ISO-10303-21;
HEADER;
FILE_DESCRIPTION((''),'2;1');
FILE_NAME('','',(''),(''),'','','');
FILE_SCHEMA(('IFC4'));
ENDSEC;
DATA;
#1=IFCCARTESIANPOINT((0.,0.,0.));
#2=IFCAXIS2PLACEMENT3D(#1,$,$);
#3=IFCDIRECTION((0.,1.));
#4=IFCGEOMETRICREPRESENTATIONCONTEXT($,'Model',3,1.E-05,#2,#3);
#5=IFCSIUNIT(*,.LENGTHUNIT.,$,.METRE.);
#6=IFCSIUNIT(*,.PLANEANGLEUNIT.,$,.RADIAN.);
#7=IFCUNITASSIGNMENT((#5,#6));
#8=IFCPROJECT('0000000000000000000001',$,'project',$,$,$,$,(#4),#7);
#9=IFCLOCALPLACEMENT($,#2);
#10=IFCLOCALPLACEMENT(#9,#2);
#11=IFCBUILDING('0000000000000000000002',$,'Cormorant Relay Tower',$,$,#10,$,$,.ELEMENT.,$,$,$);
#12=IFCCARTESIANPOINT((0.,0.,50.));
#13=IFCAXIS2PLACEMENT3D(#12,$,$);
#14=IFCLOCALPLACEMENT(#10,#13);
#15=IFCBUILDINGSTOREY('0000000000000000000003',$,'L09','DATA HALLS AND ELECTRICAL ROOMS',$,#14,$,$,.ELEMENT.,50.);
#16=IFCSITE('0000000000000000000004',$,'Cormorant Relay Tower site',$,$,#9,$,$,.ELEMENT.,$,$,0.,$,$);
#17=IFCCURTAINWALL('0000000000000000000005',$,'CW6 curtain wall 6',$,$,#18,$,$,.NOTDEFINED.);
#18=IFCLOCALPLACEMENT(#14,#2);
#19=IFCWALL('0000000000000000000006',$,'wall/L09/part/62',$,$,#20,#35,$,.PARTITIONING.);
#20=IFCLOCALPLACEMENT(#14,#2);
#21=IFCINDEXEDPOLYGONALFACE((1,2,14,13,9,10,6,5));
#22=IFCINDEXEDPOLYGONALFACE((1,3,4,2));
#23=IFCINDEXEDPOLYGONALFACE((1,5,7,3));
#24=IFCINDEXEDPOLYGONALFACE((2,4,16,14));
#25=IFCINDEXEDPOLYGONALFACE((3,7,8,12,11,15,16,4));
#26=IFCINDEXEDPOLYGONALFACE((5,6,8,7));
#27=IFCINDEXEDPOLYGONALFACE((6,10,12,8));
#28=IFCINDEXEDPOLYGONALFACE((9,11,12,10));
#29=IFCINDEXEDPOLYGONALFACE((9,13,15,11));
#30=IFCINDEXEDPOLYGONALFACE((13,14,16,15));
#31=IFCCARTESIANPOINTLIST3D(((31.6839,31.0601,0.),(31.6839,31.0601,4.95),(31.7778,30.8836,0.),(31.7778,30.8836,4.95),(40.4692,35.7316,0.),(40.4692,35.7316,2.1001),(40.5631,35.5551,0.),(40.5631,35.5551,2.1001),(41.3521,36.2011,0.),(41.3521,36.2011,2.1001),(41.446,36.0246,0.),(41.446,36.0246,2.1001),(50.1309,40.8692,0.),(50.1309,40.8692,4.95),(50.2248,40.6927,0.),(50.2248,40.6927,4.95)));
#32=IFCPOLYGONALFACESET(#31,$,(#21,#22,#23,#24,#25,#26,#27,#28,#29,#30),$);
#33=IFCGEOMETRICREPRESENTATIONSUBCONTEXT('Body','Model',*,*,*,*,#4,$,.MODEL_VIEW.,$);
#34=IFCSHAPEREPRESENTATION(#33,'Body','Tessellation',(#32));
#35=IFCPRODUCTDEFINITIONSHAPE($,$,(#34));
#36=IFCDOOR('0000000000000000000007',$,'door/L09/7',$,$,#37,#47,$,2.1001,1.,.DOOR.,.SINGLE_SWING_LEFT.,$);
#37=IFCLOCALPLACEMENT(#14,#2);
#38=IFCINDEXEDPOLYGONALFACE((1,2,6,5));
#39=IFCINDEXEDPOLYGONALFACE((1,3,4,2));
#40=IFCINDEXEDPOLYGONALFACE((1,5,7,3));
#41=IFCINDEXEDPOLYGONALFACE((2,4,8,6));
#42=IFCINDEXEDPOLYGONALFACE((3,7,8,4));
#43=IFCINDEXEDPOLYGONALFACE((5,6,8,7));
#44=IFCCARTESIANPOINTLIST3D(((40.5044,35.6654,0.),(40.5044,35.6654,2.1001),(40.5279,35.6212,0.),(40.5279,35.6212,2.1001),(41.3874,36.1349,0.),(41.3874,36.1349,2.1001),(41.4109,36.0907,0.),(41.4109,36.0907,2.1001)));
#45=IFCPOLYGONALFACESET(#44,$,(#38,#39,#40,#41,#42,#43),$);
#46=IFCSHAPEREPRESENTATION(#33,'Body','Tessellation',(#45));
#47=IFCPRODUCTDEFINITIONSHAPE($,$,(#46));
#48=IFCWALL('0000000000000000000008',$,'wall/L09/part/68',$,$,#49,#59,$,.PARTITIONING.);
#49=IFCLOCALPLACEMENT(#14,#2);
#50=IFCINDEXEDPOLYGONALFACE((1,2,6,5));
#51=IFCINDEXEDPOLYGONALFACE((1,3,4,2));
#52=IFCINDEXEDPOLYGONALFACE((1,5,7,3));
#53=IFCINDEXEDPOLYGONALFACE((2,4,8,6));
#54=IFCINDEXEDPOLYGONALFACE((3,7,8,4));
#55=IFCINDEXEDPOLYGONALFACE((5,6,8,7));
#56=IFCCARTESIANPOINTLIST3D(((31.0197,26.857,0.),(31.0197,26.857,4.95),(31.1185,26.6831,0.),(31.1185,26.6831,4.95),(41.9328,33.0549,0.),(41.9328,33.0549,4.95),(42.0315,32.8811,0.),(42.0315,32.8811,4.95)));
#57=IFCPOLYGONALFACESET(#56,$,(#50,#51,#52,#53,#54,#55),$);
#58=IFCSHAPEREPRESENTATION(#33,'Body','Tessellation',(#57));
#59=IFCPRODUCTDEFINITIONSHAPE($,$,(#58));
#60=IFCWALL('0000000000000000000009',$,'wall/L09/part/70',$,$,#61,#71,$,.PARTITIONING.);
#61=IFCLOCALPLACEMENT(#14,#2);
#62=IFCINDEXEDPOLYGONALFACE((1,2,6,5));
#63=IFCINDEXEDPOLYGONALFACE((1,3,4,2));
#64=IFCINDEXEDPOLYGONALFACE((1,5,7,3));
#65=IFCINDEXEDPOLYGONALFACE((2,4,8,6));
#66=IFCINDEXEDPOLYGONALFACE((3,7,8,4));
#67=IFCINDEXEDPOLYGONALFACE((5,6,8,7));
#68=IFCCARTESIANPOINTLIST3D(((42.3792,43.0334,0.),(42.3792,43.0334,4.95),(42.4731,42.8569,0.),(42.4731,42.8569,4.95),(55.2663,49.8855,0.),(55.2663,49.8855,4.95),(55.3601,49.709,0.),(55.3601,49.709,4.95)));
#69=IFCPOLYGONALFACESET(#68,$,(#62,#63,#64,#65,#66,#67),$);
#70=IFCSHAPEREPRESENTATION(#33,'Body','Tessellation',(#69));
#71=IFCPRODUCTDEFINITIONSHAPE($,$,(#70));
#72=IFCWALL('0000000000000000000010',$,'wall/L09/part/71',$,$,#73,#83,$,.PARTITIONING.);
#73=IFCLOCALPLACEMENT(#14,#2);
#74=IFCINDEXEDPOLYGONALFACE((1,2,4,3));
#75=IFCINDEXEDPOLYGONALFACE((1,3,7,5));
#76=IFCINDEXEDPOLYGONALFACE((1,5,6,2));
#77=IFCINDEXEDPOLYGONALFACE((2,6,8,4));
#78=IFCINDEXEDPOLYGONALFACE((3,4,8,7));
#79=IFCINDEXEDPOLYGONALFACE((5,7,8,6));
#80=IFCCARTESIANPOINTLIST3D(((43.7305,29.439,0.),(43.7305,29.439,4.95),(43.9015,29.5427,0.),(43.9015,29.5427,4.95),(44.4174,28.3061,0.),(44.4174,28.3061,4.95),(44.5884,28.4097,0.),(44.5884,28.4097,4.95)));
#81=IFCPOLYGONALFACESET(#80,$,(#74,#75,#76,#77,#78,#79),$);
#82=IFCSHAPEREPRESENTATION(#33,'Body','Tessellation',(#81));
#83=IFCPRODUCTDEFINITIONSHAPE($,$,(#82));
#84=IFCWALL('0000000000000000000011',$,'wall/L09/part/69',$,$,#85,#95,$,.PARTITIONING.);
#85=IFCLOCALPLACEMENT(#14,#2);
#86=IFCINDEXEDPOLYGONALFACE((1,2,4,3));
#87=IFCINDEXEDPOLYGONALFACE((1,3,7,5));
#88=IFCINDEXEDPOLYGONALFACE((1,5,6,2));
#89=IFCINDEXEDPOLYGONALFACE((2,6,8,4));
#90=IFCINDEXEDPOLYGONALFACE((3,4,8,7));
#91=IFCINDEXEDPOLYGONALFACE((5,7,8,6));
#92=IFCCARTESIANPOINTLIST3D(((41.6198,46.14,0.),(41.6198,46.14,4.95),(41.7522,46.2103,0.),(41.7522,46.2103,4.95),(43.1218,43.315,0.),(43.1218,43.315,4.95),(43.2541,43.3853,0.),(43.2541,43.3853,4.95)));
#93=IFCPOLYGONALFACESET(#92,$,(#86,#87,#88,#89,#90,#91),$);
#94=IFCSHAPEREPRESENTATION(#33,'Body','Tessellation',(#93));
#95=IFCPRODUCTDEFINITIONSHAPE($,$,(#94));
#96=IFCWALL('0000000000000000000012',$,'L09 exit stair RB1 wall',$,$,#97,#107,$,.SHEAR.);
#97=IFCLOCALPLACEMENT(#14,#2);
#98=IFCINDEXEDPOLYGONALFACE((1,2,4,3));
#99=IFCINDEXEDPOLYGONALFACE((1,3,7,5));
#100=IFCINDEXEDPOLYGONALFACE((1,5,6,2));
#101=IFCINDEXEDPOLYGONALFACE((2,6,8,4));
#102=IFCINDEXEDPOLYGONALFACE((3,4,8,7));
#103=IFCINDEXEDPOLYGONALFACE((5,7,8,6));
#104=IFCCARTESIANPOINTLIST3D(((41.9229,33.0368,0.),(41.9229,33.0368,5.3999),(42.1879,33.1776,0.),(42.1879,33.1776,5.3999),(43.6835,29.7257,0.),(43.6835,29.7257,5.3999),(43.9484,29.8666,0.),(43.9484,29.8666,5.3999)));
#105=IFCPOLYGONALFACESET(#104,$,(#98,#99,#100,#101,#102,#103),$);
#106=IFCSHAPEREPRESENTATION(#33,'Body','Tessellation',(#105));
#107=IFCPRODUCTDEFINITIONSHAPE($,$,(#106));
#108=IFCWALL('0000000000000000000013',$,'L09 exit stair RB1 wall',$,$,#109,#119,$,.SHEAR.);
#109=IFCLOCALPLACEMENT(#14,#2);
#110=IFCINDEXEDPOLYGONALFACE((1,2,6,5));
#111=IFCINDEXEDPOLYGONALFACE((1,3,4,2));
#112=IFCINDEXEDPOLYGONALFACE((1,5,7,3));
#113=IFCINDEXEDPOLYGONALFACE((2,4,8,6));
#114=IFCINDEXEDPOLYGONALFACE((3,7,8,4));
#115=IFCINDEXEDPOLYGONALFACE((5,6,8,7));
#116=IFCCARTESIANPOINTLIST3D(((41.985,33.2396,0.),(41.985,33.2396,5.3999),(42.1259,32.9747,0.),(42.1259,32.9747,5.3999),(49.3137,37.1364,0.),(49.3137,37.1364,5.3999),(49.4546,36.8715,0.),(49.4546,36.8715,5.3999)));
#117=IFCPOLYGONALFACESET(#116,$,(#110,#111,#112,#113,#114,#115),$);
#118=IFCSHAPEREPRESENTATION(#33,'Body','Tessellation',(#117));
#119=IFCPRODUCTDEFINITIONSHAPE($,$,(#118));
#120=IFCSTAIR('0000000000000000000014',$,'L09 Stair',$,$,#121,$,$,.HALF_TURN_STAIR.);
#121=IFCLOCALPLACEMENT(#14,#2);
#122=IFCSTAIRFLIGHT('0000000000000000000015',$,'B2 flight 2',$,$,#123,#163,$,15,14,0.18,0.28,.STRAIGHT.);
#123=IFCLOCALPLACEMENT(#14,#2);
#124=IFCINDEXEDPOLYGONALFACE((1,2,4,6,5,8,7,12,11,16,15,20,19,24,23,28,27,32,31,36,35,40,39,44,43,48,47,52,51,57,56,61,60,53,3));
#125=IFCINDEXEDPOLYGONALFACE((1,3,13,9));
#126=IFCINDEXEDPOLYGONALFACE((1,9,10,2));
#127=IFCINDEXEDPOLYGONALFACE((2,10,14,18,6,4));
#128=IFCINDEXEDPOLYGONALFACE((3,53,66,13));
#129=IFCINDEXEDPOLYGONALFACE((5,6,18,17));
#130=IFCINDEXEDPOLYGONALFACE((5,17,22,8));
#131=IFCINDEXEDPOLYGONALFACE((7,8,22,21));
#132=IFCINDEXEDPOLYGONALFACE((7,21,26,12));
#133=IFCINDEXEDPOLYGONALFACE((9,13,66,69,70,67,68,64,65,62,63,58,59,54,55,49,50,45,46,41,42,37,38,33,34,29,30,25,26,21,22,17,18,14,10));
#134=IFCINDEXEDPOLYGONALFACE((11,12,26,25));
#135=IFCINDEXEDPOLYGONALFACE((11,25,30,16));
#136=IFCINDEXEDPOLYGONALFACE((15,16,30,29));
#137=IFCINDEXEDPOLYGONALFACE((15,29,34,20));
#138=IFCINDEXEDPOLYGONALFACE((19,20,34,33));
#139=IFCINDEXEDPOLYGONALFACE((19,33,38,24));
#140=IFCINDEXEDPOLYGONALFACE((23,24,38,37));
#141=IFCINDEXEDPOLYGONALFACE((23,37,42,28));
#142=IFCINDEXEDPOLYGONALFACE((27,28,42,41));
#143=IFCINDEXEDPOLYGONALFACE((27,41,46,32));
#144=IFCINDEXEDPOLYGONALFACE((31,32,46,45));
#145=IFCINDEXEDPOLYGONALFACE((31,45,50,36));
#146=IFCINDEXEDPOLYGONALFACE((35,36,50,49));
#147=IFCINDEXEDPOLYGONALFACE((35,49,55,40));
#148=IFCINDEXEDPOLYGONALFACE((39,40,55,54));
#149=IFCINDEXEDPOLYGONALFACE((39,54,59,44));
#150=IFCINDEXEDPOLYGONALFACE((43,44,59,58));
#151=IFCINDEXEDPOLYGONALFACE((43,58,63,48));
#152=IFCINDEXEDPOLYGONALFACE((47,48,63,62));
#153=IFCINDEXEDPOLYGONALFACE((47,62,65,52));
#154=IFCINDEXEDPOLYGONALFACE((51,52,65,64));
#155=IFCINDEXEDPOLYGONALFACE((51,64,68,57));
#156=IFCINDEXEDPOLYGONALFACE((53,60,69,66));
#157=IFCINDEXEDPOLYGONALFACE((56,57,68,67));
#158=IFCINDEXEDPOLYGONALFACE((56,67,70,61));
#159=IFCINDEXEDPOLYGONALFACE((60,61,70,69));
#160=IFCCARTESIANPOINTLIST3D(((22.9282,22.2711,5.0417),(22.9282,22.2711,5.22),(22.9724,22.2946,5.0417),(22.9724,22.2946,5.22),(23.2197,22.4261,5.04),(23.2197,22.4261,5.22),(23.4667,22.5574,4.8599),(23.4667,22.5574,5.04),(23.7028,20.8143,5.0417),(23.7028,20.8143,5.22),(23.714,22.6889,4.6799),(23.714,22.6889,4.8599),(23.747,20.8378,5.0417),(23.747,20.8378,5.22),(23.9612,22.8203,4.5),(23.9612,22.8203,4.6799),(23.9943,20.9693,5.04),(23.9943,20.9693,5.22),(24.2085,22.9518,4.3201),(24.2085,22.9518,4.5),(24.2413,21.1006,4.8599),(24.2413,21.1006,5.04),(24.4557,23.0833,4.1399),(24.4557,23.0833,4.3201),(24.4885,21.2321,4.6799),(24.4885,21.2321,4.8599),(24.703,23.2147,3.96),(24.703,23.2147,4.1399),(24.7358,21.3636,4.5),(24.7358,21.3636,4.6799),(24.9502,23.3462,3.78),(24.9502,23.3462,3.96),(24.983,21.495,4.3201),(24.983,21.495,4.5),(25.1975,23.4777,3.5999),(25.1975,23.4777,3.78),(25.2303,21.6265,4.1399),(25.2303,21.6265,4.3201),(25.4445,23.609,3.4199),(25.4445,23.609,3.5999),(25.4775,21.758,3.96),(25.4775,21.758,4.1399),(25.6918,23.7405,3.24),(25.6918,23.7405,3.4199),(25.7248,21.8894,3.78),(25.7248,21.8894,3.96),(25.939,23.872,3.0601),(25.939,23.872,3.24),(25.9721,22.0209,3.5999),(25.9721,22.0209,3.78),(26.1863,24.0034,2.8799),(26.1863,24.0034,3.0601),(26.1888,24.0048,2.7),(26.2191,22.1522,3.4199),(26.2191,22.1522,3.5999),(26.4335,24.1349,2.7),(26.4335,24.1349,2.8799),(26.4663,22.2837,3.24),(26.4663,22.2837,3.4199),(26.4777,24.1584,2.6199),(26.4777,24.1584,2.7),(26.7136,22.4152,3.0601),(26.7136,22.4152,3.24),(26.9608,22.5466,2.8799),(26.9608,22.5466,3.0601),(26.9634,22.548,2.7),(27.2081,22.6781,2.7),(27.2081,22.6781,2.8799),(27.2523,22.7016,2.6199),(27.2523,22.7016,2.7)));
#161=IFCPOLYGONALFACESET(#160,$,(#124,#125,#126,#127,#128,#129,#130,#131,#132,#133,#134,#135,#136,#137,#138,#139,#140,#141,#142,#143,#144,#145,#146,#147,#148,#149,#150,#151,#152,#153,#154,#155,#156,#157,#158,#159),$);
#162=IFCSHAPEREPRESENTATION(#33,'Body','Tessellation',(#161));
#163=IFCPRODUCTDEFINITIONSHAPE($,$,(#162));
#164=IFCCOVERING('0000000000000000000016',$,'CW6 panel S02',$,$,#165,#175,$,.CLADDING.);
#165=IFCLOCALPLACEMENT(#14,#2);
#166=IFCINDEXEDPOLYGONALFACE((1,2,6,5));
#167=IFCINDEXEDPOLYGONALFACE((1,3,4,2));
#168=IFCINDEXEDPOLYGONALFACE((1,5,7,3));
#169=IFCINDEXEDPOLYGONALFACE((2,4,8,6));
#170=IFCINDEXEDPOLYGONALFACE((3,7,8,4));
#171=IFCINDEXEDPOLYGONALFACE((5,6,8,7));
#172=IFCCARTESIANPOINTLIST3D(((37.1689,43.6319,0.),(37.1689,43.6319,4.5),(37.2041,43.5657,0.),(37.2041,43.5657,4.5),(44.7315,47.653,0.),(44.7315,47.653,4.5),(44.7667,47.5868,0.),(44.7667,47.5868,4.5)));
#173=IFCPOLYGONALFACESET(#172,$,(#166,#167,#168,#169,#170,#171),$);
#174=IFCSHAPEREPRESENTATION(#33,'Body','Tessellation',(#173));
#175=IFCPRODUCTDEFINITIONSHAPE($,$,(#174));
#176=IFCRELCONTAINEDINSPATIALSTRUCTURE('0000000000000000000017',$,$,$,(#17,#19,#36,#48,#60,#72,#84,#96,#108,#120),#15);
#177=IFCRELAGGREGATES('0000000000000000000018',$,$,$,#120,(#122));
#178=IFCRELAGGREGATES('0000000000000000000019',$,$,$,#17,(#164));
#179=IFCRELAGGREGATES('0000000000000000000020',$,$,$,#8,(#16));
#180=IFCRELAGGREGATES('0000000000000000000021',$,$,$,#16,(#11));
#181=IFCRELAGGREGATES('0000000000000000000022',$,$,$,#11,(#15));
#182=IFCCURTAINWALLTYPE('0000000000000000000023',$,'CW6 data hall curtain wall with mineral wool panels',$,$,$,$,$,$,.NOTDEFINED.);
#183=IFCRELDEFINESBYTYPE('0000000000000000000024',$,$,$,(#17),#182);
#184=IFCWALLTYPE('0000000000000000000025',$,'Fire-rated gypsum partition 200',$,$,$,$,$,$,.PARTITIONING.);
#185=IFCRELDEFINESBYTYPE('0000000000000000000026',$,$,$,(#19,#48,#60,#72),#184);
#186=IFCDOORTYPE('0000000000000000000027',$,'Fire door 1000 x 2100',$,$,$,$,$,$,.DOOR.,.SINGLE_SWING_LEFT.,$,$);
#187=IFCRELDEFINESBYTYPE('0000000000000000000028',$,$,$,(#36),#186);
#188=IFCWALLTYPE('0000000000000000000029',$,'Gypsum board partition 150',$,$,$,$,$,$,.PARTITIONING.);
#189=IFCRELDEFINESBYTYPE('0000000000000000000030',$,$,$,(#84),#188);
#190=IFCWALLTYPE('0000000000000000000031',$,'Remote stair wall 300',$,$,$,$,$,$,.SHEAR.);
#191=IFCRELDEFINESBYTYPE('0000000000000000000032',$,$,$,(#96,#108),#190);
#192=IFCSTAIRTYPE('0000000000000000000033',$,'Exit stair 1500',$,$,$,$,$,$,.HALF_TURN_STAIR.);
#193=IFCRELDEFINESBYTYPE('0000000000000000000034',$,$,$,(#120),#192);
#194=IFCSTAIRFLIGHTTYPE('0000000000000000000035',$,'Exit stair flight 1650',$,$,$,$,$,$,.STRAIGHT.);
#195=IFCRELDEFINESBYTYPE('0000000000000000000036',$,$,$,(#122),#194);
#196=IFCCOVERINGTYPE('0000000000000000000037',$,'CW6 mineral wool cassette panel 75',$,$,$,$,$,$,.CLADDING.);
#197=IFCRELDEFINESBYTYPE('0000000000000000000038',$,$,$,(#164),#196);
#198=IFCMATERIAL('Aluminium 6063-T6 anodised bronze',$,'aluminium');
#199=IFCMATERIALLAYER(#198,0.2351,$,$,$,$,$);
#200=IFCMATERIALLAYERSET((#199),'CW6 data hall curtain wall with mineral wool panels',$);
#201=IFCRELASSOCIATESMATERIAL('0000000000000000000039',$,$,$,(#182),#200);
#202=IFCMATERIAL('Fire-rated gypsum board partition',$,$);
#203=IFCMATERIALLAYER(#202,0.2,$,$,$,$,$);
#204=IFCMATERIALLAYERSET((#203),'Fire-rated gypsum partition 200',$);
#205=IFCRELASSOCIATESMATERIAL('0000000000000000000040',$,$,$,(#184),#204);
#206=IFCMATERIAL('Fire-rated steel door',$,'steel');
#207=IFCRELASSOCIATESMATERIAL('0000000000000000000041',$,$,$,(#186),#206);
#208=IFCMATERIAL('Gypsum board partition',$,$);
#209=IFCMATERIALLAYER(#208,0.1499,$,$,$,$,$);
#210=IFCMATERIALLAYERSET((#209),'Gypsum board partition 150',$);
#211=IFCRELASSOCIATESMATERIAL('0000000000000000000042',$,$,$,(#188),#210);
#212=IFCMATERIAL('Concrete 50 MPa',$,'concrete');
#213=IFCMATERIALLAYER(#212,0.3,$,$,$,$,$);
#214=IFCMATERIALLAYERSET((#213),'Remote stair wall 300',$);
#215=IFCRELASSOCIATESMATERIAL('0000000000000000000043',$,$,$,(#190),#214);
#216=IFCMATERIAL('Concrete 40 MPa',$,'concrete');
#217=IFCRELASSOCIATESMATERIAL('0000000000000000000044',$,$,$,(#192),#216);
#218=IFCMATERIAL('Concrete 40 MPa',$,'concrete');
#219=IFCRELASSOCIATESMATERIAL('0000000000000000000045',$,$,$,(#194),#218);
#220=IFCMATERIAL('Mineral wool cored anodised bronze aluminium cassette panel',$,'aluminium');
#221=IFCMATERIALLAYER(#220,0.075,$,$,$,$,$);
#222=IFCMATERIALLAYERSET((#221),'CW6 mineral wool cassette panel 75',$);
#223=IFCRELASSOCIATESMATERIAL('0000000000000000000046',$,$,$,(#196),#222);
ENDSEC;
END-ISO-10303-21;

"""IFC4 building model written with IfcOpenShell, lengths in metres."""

from ifc_helpers import new_model, si_unit, direction, frame, frame_2d, origin, origin_2d, place, context, subcontext, project, spatial, polyline, rectangle, outline, extrude, material, layer, layer_set, type_object, element, fill, aggregate, save


model = new_model("IFC4")

# Units and contexts
model_context = context("Model", 3, precision=1e-05, world=origin(), true_north=direction((0.0, 1.0)))
body_context = subcontext(model_context, "Body", "Model", "MODEL_VIEW")
ifc_project = project(units=[si_unit("LENGTHUNIT", "METRE"), si_unit("PLANEANGLEUNIT", "RADIAN")], contexts=[model_context])

# Site, building, storey
site_placement = place(None, origin())
site = spatial("IfcSite", under=ifc_project, at=site_placement, Name="Cormorant Relay Tower site", CompositionType="ELEMENT", RefElevation=0.0)
building_placement = place(site_placement, origin())
building = spatial("IfcBuilding", under=site, at=building_placement, Name="Cormorant Relay Tower", CompositionType="ELEMENT")
storey_placement = place(building_placement, frame((0.0, 0.0, 50.0)))
storey = spatial("IfcBuildingStorey", under=building, at=storey_placement, Name="L09", Description="DATA HALLS AND ELECTRICAL ROOMS", CompositionType="ELEMENT", Elevation=50.0)

# Curtain wall
ifc_material_1 = material(Name="Aluminium 6063-T6 anodised bronze", Category="aluminium")
ifc_layer_1 = layer(ifc_material_1, 0.2351)
ifc_layer_set_1 = layer_set([ifc_layer_1], Name="CW6 data hall curtain wall with mineral wool panels")
curtain_wall_type = type_object("IfcCurtainWallType", Name="CW6 data hall curtain wall with mineral wool panels", PredefinedType="NOTDEFINED", material=ifc_layer_set_1)
curtain_wall_placement = place(storey_placement, origin())
curtain_wall = element("IfcCurtainWall", 1, at=curtain_wall_placement, inside=storey, type_object=curtain_wall_type, Name="CW6 curtain wall 6", PredefinedType="NOTDEFINED")

# Shared definitions
ifc_material_2 = material(Name="Fire-rated gypsum board partition")
ifc_layer_2 = layer(ifc_material_2, 0.2)
ifc_layer_set_2 = layer_set([ifc_layer_2], Name="Fire-rated gypsum partition 200")
wall_type_1 = type_object("IfcWallType", Name="Fire-rated gypsum partition 200", PredefinedType="PARTITIONING", material=ifc_layer_set_2)

# Wall, opening, door
wall_1_placement = place(storey_placement, frame((31.731, 30.9719, 0.0), z_axis=(0.0, 0.0, 1.0), x_axis=(0.882935, 0.469495, 0.0)))
wall_1 = element("IfcWall", 2, at=wall_1_placement, inside=storey, type_object=wall_type_1, Name="wall/L09/part/62", PredefinedType="PARTITIONING", context=body_context, shape_type="SweptSolid", body=[
    extrude(rectangle(XDim=20.8928, YDim=0.2, at=frame_2d((10.4463, 0.0))), origin(), (0.0, 0.0, 1.0), 4.95),
])
opening_placement = place(wall_1_placement, frame((9.95, 0.0, 0.0)))
opening = element("IfcOpeningElement", 3, at=opening_placement, cuts=wall_1, PredefinedType="OPENING", context=body_context, shape_type="SweptSolid", body=[
    extrude(rectangle(XDim=1.0, YDim=2.1001, at=frame_2d((0.5, 1.05))), frame((0.0, 0.1099, 0.0), z_axis=(0.0, -1.0, 0.0), x_axis=(1.0, 0.0, 0.0)), (0.0, 0.0, 1.0), 0.22),
])
ifc_material_3 = material(Name="Fire-rated steel door", Category="steel")
door_type = type_object("IfcDoorType", Name="Fire door 1000 x 2100", OperationType="SINGLE_SWING_LEFT", PredefinedType="DOOR", material=ifc_material_3)
door_placement = place(opening_placement, origin())
door = element("IfcDoor", 4, at=door_placement, inside=storey, type_object=door_type, Name="door/L09/7", OperationType="SINGLE_SWING_LEFT", OverallHeight=2.1001, OverallWidth=1.0, PredefinedType="DOOR", context=body_context, shape_type="SweptSolid", body=[
    extrude(rectangle(XDim=1.0, YDim=2.1001, at=frame_2d((0.5, 1.05))), frame((0.0, 0.0249, 0.0), z_axis=(0.0, -1.0, 0.0), x_axis=(1.0, 0.0, 0.0)), (0.0, 0.0, 1.0), 0.05),
])
fill(opening, door)

# Walls
wall_2_placement = place(storey_placement, frame((31.0691, 26.77, 0.0), z_axis=(0.0, 0.0, 1.0), x_axis=(0.869546, 0.493852, 0.0)))
element("IfcWall", 5, at=wall_2_placement, inside=storey, type_object=wall_type_1, Name="wall/L09/part/68", PredefinedType="PARTITIONING", context=body_context, shape_type="SweptSolid", body=[
    extrude(rectangle(XDim=12.5503, YDim=0.2, at=frame_2d((6.2751, 0.0))), origin(), (0.0, 0.0, 1.0), 4.95),
])
wall_3_placement = place(storey_placement, frame((42.426, 42.9451, 0.0), z_axis=(0.0, 0.0, 1.0), x_axis=(0.88295, 0.469468, 0.0)))
element("IfcWall", 6, at=wall_3_placement, inside=storey, type_object=wall_type_1, Name="wall/L09/part/70", PredefinedType="PARTITIONING", context=body_context, shape_type="SweptSolid", body=[
    extrude(rectangle(XDim=14.5955, YDim=0.2, at=frame_2d((7.2979, 0.0))), origin(), (0.0, 0.0, 1.0), 4.95),
])
wall_4_placement = place(storey_placement, frame((43.8159, 29.491, 0.0), z_axis=(0.0, 0.0, 1.0), x_axis=(0.518473, -0.855094, 0.0)))
element("IfcWall", 7, at=wall_4_placement, inside=storey, type_object=wall_type_1, Name="wall/L09/part/71", PredefinedType="PARTITIONING", context=body_context, shape_type="SweptSolid", body=[
    extrude(rectangle(XDim=1.325, YDim=0.2, at=frame_2d((0.6626, 0.0))), origin(), (0.0, 0.0, 1.0), 4.95),
])
ifc_material_4 = material(Name="Gypsum board partition")
ifc_layer_3 = layer(ifc_material_4, 0.1499)
ifc_layer_set_3 = layer_set([ifc_layer_3], Name="Gypsum board partition 150")
wall_type_2 = type_object("IfcWallType", Name="Gypsum board partition 150", PredefinedType="PARTITIONING", material=ifc_layer_set_3)
wall_5_placement = place(storey_placement, frame((41.686, 46.175, 0.0), z_axis=(0.0, 0.0, 1.0), x_axis=(0.469447, -0.882961, 0.0)))
element("IfcWall", 8, at=wall_5_placement, inside=storey, type_object=wall_type_2, Name="wall/L09/part/69", PredefinedType="PARTITIONING", context=body_context, shape_type="SweptSolid", body=[
    extrude(rectangle(XDim=3.1995, YDim=0.1499, at=frame_2d((1.5996, 0.0))), origin(), (0.0, 0.0, 1.0), 4.95),
])
ifc_material_5 = material(Name="Concrete 50 MPa", Category="concrete")
ifc_layer_4 = layer(ifc_material_5, 0.3)
ifc_layer_set_4 = layer_set([ifc_layer_4], Name="Remote stair wall 300")
wall_type_3 = type_object("IfcWallType", Name="Remote stair wall 300", PredefinedType="SHEAR", material=ifc_layer_set_4)
wall_6_placement = place(storey_placement, frame((43.8159, 29.7961, 0.0), z_axis=(0.0, 0.0, 1.0), x_axis=(-0.469469, 0.882949, 0.0)))
element("IfcWall", 9, at=wall_6_placement, inside=storey, type_object=wall_type_3, Name="L09 exit stair RB1 wall", PredefinedType="SHEAR", context=body_context, shape_type="SweptSolid", body=[
    extrude(rectangle(XDim=3.75, YDim=0.3, at=frame_2d((1.875, 0.0))), origin(), (0.0, 0.0, 1.0), 5.3999),
])
wall_7_placement = place(storey_placement, frame((42.0554, 33.1072, 0.0), z_axis=(0.0, 0.0, 1.0), x_axis=(0.882946, 0.469475, 0.0)))
element("IfcWall", 10, at=wall_7_placement, inside=storey, type_object=wall_type_3, Name="L09 exit stair RB1 wall", PredefinedType="SHEAR", context=body_context, shape_type="SweptSolid", body=[
    extrude(rectangle(XDim=8.3003, YDim=0.3, at=frame_2d((4.1501, 0.0))), origin(), (0.0, 0.0, 1.0), 5.3999),
])

# Stair, stair flight
ifc_material_6 = material(Name="Concrete 40 MPa", Category="concrete")
stair_type = type_object("IfcStairType", Name="Exit stair 1500", PredefinedType="HALF_TURN_STAIR", material=ifc_material_6)
stair_placement = place(storey_placement, origin())
stair = element("IfcStair", 11, at=stair_placement, inside=storey, type_object=stair_type, Name="L09 Stair", PredefinedType="HALF_TURN_STAIR")
ifc_material_7 = material(Name="Concrete 40 MPa", Category="concrete")
stair_flight_type = type_object("IfcStairFlightType", Name="Exit stair flight 1650", PredefinedType="STRAIGHT", material=ifc_material_7)
stair_flight_placement = place(storey_placement, frame((26.8208, 23.4065, 2.7), z_axis=(0.0, 0.0, 1.0), x_axis=(-0.882948, -0.469472, 0.0)))
stair_flight = element("IfcStairFlight", 12, at=stair_flight_placement, type_object=stair_flight_type, Name="B2 flight 2", NumberOfRisers=15, NumberOfTreads=14, PredefinedType="STRAIGHT", RiserHeight=0.18, TreadLength=0.28, context=body_context, shape_type="SweptSolid", body=[
    extrude(outline(polyline([(-0.05, -0.0801), (-0.05, 0.0), (0.0, 0.0), (0.0, 0.1799), (0.28, 0.1799), (0.28, 0.3601), (0.5601, 0.3601), (0.5601, 0.54), (0.8401, 0.54), (0.8401, 0.72), (1.1201, 0.72), (1.1201, 0.8999), (1.3999, 0.8999), (1.3999, 1.0801), (1.6799, 1.0801), (1.6799, 1.26), (1.96, 1.26), (1.96, 1.4399), (2.24, 1.4399), (2.24, 1.6201), (2.52, 1.6201), (2.52, 1.8), (2.8, 1.8), (2.8, 1.98), (3.0801, 1.98), (3.0801, 2.1599), (3.3601, 2.1599), (3.3601, 2.3401), (3.6399, 2.3401), (3.6399, 2.52), (3.9199, 2.52), (3.97, 2.52), (3.97, 2.3418), (3.9199, 2.3418), (0.2771, 0.0), (-0.05, -0.0801)])), frame((0.0, 0.825, 0.0), z_axis=(0.0, -1.0, 0.0), x_axis=(1.0, 0.0, 0.0)), (0.0, 0.0, 1.0), 1.6499),
])
aggregate(stair, [stair_flight])

# Covering
ifc_material_8 = material(Name="Mineral wool cored anodised bronze aluminium cassette panel", Category="aluminium")
ifc_layer_5 = layer(ifc_material_8, 0.075)
ifc_layer_set_5 = layer_set([ifc_layer_5], Name="CW6 mineral wool cassette panel 75")
covering_type = type_object("IfcCoveringType", Name="CW6 mineral wool cassette panel 75", PredefinedType="CLADDING", material=ifc_layer_set_5)
covering_1_placement = place(storey_placement, frame((40.9678, 45.6094, 0.0), z_axis=(0.0, 0.0, 1.0), x_axis=(-0.882948, -0.469472, 0.0)))
covering_1 = element("IfcCovering", 13, at=covering_1_placement, type_object=covering_type, Name="CW6 panel S02", PredefinedType="CLADDING", context=body_context, shape_type="SweptSolid", body=[
    extrude(rectangle(XDim=8.5652, YDim=0.075, at=origin_2d()), origin(), (0.0, 0.0, 1.0), 4.5),
])
aggregate(curtain_wall, [covering_1])

save(model, "model.ifc")
